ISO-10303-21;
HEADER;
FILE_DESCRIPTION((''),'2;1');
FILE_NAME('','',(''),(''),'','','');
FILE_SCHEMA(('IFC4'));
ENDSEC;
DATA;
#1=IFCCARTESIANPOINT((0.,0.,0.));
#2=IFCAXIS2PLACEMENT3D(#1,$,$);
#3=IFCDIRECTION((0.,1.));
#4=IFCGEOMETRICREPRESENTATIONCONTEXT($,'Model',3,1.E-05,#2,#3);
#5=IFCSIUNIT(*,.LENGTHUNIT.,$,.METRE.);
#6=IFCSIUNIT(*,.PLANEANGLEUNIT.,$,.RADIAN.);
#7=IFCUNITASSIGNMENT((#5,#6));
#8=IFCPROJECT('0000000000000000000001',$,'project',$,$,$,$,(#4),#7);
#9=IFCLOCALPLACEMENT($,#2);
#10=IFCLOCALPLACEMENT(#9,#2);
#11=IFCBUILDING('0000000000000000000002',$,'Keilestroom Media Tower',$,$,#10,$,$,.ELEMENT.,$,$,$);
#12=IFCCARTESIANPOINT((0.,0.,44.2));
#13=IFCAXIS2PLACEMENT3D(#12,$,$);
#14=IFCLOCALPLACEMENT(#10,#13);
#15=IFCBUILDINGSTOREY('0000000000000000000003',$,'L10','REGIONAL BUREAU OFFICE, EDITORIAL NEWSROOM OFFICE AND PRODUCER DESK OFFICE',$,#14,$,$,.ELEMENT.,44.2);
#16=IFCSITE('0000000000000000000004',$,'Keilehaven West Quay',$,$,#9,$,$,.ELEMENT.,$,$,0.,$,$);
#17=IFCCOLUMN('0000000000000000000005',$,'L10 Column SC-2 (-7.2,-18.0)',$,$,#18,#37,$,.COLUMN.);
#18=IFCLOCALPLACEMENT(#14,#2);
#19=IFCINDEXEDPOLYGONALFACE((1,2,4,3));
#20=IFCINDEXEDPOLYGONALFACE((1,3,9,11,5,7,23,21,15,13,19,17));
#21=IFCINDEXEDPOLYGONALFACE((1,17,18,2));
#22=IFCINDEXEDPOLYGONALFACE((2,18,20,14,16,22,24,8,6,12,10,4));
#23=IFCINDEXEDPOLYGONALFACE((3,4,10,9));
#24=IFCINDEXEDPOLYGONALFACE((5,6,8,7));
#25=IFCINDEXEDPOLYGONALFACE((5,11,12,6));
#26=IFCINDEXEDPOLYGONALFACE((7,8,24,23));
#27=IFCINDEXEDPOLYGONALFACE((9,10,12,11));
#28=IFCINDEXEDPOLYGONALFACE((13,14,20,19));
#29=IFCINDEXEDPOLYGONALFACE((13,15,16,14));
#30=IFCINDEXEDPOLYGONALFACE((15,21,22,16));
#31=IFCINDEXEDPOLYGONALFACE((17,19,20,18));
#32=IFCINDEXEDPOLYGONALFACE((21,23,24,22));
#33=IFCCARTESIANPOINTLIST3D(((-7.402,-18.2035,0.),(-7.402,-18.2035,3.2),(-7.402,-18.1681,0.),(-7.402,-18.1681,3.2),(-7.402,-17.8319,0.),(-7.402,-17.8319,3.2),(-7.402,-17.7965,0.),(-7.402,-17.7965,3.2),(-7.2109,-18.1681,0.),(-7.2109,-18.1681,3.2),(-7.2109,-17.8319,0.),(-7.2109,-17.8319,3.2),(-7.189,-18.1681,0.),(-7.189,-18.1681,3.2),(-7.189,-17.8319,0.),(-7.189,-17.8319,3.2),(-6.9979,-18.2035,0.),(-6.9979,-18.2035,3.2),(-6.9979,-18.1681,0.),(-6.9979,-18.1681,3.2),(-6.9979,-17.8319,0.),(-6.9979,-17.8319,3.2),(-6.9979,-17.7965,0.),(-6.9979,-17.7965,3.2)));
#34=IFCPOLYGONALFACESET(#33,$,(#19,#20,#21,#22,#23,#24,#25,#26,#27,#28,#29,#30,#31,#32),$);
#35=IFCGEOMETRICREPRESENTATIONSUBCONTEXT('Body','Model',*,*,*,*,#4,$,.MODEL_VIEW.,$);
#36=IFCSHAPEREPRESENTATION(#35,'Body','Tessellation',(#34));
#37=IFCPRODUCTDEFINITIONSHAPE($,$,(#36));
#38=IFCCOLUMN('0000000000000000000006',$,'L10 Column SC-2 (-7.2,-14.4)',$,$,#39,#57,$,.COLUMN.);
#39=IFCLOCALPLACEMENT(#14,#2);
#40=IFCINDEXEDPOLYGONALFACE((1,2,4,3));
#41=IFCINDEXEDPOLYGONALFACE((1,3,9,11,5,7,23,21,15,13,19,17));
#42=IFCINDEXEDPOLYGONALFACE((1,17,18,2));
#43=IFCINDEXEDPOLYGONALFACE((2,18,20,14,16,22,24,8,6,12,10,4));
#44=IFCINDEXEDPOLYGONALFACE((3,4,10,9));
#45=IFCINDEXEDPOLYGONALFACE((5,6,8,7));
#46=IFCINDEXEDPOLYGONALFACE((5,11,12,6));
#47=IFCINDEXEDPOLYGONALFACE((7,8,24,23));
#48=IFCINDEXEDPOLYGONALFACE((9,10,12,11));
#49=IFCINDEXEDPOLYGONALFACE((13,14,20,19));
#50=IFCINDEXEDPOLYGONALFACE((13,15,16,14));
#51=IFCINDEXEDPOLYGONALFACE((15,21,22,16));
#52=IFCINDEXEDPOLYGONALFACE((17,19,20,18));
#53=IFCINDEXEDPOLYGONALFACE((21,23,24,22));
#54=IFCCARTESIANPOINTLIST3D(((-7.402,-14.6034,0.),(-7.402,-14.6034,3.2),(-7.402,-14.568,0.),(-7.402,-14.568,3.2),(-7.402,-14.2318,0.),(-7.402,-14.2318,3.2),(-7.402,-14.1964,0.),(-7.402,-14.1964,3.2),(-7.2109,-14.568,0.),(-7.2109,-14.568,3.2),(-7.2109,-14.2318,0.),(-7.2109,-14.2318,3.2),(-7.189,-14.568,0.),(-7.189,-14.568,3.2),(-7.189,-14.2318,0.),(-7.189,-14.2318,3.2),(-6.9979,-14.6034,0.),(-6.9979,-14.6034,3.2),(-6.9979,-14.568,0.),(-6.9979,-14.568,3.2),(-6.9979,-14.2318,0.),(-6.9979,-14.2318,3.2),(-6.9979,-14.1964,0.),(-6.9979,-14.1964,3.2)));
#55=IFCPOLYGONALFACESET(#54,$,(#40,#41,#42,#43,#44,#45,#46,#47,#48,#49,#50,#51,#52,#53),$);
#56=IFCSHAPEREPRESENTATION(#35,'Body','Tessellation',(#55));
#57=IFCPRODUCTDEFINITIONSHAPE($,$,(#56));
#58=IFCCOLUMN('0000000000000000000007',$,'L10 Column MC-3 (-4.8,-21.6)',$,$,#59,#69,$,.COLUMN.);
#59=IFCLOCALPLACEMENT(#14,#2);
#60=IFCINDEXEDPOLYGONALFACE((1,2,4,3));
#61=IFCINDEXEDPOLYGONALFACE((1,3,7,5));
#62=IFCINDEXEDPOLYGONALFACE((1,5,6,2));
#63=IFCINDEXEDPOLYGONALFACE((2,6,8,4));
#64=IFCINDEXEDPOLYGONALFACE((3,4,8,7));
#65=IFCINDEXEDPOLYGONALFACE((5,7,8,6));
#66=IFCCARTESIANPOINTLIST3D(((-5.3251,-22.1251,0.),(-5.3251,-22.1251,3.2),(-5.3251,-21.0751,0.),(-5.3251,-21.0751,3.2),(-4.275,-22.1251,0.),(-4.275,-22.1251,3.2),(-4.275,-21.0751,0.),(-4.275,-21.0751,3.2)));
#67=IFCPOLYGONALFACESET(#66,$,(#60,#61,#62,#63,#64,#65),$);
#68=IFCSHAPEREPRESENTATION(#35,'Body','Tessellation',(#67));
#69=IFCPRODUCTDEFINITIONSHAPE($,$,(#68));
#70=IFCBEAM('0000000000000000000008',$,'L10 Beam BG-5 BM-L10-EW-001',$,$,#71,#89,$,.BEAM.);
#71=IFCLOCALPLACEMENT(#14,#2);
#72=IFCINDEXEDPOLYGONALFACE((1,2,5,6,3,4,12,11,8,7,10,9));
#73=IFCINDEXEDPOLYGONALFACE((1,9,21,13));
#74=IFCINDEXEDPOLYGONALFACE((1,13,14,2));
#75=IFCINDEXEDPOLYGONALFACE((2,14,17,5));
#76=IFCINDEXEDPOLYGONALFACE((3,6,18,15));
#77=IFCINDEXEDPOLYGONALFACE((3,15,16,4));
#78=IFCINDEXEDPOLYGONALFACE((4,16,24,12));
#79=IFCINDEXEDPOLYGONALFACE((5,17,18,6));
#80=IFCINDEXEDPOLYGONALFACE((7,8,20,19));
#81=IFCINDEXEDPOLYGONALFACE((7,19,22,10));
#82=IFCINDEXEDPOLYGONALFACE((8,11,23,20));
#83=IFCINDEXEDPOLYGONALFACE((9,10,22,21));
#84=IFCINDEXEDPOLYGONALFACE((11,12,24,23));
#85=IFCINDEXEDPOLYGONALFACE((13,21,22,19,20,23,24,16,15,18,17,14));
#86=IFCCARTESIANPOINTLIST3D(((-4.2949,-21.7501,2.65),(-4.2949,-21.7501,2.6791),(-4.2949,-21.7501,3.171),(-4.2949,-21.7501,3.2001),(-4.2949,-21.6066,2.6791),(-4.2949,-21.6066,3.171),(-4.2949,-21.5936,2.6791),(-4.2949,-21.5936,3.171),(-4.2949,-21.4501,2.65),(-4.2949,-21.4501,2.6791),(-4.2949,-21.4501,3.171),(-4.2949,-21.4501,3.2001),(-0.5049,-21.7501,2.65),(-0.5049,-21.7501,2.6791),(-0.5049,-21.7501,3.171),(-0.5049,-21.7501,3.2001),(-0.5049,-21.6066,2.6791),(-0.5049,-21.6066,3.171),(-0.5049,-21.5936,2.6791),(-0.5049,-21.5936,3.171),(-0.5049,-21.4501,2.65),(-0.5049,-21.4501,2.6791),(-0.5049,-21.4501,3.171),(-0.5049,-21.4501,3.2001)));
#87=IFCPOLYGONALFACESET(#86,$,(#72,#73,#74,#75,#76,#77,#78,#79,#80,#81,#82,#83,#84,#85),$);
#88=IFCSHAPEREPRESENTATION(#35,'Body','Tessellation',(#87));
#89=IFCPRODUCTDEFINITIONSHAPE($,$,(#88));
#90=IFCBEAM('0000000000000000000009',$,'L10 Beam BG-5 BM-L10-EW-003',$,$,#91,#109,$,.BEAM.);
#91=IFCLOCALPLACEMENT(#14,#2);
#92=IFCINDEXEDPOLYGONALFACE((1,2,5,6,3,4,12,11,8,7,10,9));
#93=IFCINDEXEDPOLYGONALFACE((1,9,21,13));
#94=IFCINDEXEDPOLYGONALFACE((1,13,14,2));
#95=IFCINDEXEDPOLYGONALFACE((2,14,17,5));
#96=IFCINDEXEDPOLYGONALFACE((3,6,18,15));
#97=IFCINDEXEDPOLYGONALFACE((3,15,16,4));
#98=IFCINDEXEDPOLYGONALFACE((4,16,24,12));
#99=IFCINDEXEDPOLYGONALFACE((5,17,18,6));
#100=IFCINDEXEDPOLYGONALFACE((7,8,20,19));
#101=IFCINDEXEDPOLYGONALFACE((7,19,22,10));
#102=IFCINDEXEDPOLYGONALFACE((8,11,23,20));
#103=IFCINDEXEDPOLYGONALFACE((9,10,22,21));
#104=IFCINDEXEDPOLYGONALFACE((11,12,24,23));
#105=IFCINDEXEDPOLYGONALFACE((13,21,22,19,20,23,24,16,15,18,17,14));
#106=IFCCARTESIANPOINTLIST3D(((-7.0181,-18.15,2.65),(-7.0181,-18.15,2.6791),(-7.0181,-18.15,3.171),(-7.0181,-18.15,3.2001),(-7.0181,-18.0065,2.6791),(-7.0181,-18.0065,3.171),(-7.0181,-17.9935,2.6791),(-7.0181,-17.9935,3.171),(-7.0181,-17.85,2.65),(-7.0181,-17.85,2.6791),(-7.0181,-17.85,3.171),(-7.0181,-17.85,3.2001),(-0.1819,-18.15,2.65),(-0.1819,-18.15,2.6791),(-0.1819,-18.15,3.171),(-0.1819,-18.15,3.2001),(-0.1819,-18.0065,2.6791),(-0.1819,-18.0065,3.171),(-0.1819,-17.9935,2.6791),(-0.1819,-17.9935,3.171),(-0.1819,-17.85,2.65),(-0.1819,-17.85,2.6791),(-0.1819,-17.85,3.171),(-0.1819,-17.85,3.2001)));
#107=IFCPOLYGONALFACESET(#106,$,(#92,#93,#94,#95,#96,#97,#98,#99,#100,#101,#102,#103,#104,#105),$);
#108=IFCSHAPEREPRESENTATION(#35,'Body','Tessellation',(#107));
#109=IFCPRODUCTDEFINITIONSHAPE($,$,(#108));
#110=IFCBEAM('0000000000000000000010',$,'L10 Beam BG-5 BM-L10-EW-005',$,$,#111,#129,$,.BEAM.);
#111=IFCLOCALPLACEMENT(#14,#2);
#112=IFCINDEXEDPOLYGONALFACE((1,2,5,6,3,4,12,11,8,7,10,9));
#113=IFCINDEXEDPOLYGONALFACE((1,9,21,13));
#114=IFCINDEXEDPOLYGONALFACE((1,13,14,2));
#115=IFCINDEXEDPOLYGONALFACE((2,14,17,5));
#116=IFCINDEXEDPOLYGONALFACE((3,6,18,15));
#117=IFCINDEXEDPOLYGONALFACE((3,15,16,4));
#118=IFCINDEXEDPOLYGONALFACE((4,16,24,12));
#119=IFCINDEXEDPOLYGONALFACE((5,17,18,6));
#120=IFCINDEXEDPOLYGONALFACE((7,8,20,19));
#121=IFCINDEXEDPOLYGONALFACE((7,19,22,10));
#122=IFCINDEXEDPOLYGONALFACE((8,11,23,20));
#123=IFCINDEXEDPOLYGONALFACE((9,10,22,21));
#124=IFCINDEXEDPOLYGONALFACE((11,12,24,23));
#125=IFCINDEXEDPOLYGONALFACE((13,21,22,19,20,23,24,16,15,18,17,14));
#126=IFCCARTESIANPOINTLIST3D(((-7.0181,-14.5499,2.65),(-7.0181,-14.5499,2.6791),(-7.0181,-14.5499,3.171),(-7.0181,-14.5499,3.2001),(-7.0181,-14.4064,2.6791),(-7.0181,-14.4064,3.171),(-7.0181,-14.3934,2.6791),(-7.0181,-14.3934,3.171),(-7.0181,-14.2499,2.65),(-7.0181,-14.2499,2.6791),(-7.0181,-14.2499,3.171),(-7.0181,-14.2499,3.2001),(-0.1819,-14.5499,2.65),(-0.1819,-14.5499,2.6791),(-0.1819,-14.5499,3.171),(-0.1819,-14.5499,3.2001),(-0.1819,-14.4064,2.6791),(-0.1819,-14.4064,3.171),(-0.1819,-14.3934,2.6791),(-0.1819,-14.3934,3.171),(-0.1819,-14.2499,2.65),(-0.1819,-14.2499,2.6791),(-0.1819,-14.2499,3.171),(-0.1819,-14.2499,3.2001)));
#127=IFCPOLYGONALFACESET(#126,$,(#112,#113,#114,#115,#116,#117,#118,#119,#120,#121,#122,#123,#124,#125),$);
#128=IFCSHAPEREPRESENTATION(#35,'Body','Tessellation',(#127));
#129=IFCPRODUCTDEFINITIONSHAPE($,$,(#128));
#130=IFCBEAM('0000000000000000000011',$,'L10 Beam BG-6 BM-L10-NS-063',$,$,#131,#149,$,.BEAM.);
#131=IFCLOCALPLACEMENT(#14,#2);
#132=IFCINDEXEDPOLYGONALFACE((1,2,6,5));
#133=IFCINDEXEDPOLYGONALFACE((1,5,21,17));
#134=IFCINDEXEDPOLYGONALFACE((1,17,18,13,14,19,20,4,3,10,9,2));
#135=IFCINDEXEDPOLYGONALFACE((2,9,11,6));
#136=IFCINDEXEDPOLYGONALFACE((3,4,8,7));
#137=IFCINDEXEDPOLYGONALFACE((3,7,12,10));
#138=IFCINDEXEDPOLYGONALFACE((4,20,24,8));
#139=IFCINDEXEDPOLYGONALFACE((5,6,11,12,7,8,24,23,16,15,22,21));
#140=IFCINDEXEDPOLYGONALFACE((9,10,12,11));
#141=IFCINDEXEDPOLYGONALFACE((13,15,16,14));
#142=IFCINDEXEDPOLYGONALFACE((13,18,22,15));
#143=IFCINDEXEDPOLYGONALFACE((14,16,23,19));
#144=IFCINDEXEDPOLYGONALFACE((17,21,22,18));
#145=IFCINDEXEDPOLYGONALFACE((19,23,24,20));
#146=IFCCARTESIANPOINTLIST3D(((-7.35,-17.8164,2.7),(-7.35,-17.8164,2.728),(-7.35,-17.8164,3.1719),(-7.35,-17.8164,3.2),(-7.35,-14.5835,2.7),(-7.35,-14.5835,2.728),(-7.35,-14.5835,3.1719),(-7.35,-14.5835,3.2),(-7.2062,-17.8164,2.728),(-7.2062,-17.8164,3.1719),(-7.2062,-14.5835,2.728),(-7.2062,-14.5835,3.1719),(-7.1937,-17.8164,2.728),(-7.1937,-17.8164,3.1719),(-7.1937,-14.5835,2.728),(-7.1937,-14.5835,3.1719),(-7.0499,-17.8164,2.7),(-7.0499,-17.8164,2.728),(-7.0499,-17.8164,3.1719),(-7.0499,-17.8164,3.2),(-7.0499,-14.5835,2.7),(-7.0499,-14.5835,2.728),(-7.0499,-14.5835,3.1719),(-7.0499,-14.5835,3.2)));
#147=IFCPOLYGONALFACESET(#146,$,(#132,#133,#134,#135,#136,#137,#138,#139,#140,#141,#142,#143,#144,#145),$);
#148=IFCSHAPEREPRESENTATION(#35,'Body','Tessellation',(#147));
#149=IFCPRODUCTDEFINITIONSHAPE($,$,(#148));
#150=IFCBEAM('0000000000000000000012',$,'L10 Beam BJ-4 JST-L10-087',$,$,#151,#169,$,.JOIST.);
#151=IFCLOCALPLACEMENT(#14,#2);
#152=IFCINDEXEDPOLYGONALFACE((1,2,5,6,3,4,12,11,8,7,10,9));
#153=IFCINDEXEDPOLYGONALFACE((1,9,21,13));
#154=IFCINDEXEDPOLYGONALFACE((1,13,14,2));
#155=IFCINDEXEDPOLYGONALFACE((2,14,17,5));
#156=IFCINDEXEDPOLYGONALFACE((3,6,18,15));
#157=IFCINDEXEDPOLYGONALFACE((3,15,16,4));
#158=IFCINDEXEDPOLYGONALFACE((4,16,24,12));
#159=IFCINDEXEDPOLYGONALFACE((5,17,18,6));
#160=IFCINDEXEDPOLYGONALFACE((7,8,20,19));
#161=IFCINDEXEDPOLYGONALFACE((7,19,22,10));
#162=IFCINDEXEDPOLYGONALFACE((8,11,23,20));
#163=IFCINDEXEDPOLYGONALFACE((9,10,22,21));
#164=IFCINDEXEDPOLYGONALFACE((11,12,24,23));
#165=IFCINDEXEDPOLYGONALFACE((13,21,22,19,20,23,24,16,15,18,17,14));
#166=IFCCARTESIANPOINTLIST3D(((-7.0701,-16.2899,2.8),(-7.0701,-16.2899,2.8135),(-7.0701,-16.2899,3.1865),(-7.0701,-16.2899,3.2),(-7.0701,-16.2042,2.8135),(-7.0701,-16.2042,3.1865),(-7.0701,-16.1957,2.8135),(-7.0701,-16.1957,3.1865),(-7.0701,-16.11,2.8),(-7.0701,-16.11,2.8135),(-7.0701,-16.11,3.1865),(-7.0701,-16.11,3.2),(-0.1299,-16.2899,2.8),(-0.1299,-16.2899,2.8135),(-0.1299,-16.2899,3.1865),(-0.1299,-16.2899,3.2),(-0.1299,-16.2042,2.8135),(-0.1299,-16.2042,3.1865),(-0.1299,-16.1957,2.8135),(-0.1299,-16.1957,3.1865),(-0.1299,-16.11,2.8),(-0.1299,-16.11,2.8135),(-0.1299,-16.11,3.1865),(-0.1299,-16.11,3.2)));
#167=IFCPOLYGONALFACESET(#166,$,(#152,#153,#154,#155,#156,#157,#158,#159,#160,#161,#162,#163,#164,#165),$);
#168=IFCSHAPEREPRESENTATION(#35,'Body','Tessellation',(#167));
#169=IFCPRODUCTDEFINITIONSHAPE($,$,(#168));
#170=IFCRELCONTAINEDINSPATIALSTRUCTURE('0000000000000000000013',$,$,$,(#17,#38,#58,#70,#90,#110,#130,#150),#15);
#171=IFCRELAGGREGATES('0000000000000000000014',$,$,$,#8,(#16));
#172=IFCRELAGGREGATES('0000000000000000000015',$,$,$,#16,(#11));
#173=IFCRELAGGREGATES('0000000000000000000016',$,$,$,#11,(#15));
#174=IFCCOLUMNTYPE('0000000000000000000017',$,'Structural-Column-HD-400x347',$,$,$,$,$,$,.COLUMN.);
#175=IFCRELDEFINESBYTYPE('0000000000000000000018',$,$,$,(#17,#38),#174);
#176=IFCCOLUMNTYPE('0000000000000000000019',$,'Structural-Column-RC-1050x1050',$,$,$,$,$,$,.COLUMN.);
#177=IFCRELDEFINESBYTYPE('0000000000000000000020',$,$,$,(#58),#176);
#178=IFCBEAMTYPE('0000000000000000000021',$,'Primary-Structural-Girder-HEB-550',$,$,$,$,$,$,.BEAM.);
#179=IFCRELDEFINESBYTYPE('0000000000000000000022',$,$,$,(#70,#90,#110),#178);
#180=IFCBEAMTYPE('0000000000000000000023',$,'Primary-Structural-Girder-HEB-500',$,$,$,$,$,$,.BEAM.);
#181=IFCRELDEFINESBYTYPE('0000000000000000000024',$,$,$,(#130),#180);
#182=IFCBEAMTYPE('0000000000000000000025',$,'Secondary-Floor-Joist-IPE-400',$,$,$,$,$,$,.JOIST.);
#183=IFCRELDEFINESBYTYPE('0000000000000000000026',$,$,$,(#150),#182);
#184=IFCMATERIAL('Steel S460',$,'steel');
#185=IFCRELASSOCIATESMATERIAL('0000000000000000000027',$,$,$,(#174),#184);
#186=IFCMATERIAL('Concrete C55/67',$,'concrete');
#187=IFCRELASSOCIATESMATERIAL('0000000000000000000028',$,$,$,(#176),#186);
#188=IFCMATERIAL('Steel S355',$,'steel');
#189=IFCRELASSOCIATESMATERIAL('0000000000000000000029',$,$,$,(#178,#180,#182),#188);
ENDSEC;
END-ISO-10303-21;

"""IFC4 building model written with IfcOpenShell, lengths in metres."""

from ifc_helpers import new_model, si_unit, direction, frame, origin, origin_2d, place, context, subcontext, project, spatial, rectangle, i_section, extrude, source, transform, mapped, material, material_profile, profile_set, type_object, element, save


model = new_model("IFC4")

# Units and contexts
model_context = context("Model", 3, precision=1e-05, world=origin(), true_north=direction((0.0, 1.0)))
body_context = subcontext(model_context, "Body", "Model", "MODEL_VIEW")
ifc_project = project(units=[si_unit("LENGTHUNIT", "METRE"), si_unit("PLANEANGLEUNIT", "RADIAN")], contexts=[model_context])

# Site, building, storey
site_placement = place(None, origin())
site = spatial("IfcSite", under=ifc_project, at=site_placement, Name="Keilehaven West Quay", CompositionType="ELEMENT", RefElevation=0.0)
building_placement = place(site_placement, origin())
building = spatial("IfcBuilding", under=site, at=building_placement, Name="Keilestroom Media Tower", CompositionType="ELEMENT")
storey_placement = place(building_placement, frame((0.0, 0.0, 44.2)))
storey = spatial("IfcBuildingStorey", under=building, at=storey_placement, Name="L10", Description="REGIONAL BUREAU OFFICE, EDITORIAL NEWSROOM OFFICE AND PRODUCER DESK OFFICE", CompositionType="ELEMENT", Elevation=44.2)

# Columns
ifc_material_1 = material(Name="Steel S460", Category="steel")
ifc_material_profile_1 = material_profile(ifc_material_1, i_section(OverallWidth=0.4041, OverallDepth=0.407, WebThickness=0.022, FlangeThickness=0.0354, at=origin_2d()), Name="HD 400x347")
ifc_profile_set_1 = profile_set([ifc_material_profile_1], Name="Steel S460")
column_type_1 = type_object("IfcColumnType", Name="Structural-Column-HD-400x347", PredefinedType="COLUMN", material=ifc_profile_set_1)
shared_shape_1 = source(origin(), body_context, "Body", "SweptSolid", [
    extrude(i_section(OverallWidth=0.4041, OverallDepth=0.407, WebThickness=0.022, FlangeThickness=0.0354, at=origin_2d()), origin(), (0.0, 0.0, 1.0), 3.2),
])
for number, where, z_axis, x_axis, name in (
    (1, (-7.2, -18.0, 0.0), (0.0, 0.0, 1.0), (1.0, 0.0, 0.0), "L10 Column SC-2 (-7.2,-18.0)"),
    (2, (-7.2, -14.3999, 0.0), (0.0, 0.0, 1.0), (1.0, 0.0, 0.0), "L10 Column SC-2 (-7.2,-14.4)"),
):
    element("IfcColumn", number, at=place(storey_placement, frame(where, z_axis=z_axis, x_axis=x_axis)), inside=storey, type_object=column_type_1, Name=name, PredefinedType="COLUMN", context=body_context, shape_type="MappedRepresentation", body=[
        mapped(shared_shape_1, transform((0.0, 0.0, 0.0), x_axis=(1.0, 0.0, 0.0), y_axis=(0.0, 1.0, 0.0), z_axis=(0.0, 0.0, 1.0), scale=1.0)),
    ])
ifc_material_2 = material(Name="Concrete C55/67", Category="concrete")
ifc_material_profile_2 = material_profile(ifc_material_2, rectangle(XDim=1.05, YDim=1.05, at=origin_2d()), Name="RC 1050x1050")
ifc_profile_set_2 = profile_set([ifc_material_profile_2], Name="Concrete C55/67")
column_type_2 = type_object("IfcColumnType", Name="Structural-Column-RC-1050x1050", PredefinedType="COLUMN", material=ifc_profile_set_2)
shared_shape_2 = source(origin(), body_context, "Body", "SweptSolid", [
    extrude(rectangle(XDim=1.05, YDim=1.05, at=origin_2d()), origin(), (0.0, 0.0, 1.0), 3.2),
])
column_placement = place(storey_placement, frame((-4.8, -21.6001, 0.0), z_axis=(0.0, 0.0, 1.0), x_axis=(1.0, 0.0, 0.0)))
element("IfcColumn", 3, at=column_placement, inside=storey, type_object=column_type_2, Name="L10 Column MC-3 (-4.8,-21.6)", PredefinedType="COLUMN", context=body_context, shape_type="MappedRepresentation", body=[
    mapped(shared_shape_2, transform((0.0, 0.0, 0.0), x_axis=(1.0, 0.0, 0.0), y_axis=(0.0, 1.0, 0.0), z_axis=(0.0, 0.0, 1.0), scale=1.0)),
])

# Beams
ifc_material_3 = material(Name="Steel S355", Category="steel")
ifc_material_profile_3 = material_profile(ifc_material_3, i_section(OverallWidth=0.3, OverallDepth=0.55, WebThickness=0.0129, FlangeThickness=0.0291, at=origin_2d()), Name="HEB 550")
ifc_profile_set_3 = profile_set([ifc_material_profile_3], Name="Steel S355")
beam_type_1 = type_object("IfcBeamType", Name="Primary-Structural-Girder-HEB-550", PredefinedType="BEAM", material=ifc_profile_set_3)
shared_shape_3 = source(origin(), body_context, "Body", "SweptSolid", [
    extrude(i_section(OverallWidth=0.3, OverallDepth=0.55, WebThickness=0.0129, FlangeThickness=0.0291, at=origin_2d()), origin(), (0.0, 0.0, 1.0), 3.79),
])
beam_1_placement = place(storey_placement, frame((-4.2949, -21.6001, 2.925), z_axis=(1.0, 0.0, 0.0), x_axis=(0.0, 1.0, 0.0)))
element("IfcBeam", 4, at=beam_1_placement, inside=storey, type_object=beam_type_1, Name="L10 Beam BG-5 BM-L10-EW-001", PredefinedType="BEAM", context=body_context, shape_type="MappedRepresentation", body=[
    mapped(shared_shape_3, transform((0.0, 0.0, 0.0), x_axis=(1.0, 0.0, 0.0), y_axis=(0.0, 1.0, 0.0), z_axis=(0.0, 0.0, 1.0), scale=1.0)),
])
shared_shape_4 = source(origin(), body_context, "Body", "SweptSolid", [
    extrude(i_section(OverallWidth=0.3, OverallDepth=0.55, WebThickness=0.0129, FlangeThickness=0.0291, at=origin_2d()), origin(), (0.0, 0.0, 1.0), 6.8362),
])
for number, where, z_axis, x_axis, name in (
    (5, (-7.0181, -18.0, 2.925), (1.0, 0.0, 0.0), (0.0, 1.0, 0.0), "L10 Beam BG-5 BM-L10-EW-003"),
    (6, (-7.0181, -14.3999, 2.925), (1.0, 0.0, 0.0), (0.0, 1.0, 0.0), "L10 Beam BG-5 BM-L10-EW-005"),
):
    element("IfcBeam", number, at=place(storey_placement, frame(where, z_axis=z_axis, x_axis=x_axis)), inside=storey, type_object=beam_type_1, Name=name, PredefinedType="BEAM", context=body_context, shape_type="MappedRepresentation", body=[
        mapped(shared_shape_4, transform((0.0, 0.0, 0.0), x_axis=(1.0, 0.0, 0.0), y_axis=(0.0, 1.0, 0.0), z_axis=(0.0, 0.0, 1.0), scale=1.0)),
    ])
ifc_material_profile_4 = material_profile(ifc_material_3, i_section(OverallWidth=0.3, OverallDepth=0.5, WebThickness=0.0125, FlangeThickness=0.0281, at=origin_2d()), Name="HEB 500")
ifc_profile_set_4 = profile_set([ifc_material_profile_4], Name="Steel S355")
beam_type_2 = type_object("IfcBeamType", Name="Primary-Structural-Girder-HEB-500", PredefinedType="BEAM", material=ifc_profile_set_4)
shared_shape_5 = source(origin(), body_context, "Body", "SweptSolid", [
    extrude(i_section(OverallWidth=0.3, OverallDepth=0.5, WebThickness=0.0125, FlangeThickness=0.0281, at=origin_2d()), origin(), (0.0, 0.0, 1.0), 3.2329),
])
beam_2_placement = place(storey_placement, frame((-7.2, -17.8164, 2.95), z_axis=(0.0, 1.0, 0.0), x_axis=(-1.0, 0.0, 0.0)))
element("IfcBeam", 7, at=beam_2_placement, inside=storey, type_object=beam_type_2, Name="L10 Beam BG-6 BM-L10-NS-063", PredefinedType="BEAM", context=body_context, shape_type="MappedRepresentation", body=[
    mapped(shared_shape_5, transform((0.0, 0.0, 0.0), x_axis=(1.0, 0.0, 0.0), y_axis=(0.0, 1.0, 0.0), z_axis=(0.0, 0.0, 1.0), scale=1.0)),
])
ifc_material_profile_5 = material_profile(ifc_material_3, i_section(OverallWidth=0.1799, OverallDepth=0.3999, WebThickness=0.0085, FlangeThickness=0.0134, at=origin_2d()), Name="IPE 400")
ifc_profile_set_5 = profile_set([ifc_material_profile_5], Name="Steel S355")
beam_type_3 = type_object("IfcBeamType", Name="Secondary-Floor-Joist-IPE-400", PredefinedType="JOIST", material=ifc_profile_set_5)
shared_shape_6 = source(origin(), body_context, "Body", "SweptSolid", [
    extrude(i_section(OverallWidth=0.1799, OverallDepth=0.3999, WebThickness=0.0085, FlangeThickness=0.0134, at=origin_2d()), origin(), (0.0, 0.0, 1.0), 6.9402),
])
beam_3_placement = place(storey_placement, frame((-7.0701, -16.2, 3.0), z_axis=(1.0, 0.0, 0.0), x_axis=(0.0, 1.0, 0.0)))
element("IfcBeam", 8, at=beam_3_placement, inside=storey, type_object=beam_type_3, Name="L10 Beam BJ-4 JST-L10-087", PredefinedType="JOIST", context=body_context, shape_type="MappedRepresentation", body=[
    mapped(shared_shape_6, transform((0.0, 0.0, 0.0), x_axis=(1.0, 0.0, 0.0), y_axis=(0.0, 1.0, 0.0), z_axis=(0.0, 0.0, 1.0), scale=1.0)),
])

save(model, "model.ifc")
